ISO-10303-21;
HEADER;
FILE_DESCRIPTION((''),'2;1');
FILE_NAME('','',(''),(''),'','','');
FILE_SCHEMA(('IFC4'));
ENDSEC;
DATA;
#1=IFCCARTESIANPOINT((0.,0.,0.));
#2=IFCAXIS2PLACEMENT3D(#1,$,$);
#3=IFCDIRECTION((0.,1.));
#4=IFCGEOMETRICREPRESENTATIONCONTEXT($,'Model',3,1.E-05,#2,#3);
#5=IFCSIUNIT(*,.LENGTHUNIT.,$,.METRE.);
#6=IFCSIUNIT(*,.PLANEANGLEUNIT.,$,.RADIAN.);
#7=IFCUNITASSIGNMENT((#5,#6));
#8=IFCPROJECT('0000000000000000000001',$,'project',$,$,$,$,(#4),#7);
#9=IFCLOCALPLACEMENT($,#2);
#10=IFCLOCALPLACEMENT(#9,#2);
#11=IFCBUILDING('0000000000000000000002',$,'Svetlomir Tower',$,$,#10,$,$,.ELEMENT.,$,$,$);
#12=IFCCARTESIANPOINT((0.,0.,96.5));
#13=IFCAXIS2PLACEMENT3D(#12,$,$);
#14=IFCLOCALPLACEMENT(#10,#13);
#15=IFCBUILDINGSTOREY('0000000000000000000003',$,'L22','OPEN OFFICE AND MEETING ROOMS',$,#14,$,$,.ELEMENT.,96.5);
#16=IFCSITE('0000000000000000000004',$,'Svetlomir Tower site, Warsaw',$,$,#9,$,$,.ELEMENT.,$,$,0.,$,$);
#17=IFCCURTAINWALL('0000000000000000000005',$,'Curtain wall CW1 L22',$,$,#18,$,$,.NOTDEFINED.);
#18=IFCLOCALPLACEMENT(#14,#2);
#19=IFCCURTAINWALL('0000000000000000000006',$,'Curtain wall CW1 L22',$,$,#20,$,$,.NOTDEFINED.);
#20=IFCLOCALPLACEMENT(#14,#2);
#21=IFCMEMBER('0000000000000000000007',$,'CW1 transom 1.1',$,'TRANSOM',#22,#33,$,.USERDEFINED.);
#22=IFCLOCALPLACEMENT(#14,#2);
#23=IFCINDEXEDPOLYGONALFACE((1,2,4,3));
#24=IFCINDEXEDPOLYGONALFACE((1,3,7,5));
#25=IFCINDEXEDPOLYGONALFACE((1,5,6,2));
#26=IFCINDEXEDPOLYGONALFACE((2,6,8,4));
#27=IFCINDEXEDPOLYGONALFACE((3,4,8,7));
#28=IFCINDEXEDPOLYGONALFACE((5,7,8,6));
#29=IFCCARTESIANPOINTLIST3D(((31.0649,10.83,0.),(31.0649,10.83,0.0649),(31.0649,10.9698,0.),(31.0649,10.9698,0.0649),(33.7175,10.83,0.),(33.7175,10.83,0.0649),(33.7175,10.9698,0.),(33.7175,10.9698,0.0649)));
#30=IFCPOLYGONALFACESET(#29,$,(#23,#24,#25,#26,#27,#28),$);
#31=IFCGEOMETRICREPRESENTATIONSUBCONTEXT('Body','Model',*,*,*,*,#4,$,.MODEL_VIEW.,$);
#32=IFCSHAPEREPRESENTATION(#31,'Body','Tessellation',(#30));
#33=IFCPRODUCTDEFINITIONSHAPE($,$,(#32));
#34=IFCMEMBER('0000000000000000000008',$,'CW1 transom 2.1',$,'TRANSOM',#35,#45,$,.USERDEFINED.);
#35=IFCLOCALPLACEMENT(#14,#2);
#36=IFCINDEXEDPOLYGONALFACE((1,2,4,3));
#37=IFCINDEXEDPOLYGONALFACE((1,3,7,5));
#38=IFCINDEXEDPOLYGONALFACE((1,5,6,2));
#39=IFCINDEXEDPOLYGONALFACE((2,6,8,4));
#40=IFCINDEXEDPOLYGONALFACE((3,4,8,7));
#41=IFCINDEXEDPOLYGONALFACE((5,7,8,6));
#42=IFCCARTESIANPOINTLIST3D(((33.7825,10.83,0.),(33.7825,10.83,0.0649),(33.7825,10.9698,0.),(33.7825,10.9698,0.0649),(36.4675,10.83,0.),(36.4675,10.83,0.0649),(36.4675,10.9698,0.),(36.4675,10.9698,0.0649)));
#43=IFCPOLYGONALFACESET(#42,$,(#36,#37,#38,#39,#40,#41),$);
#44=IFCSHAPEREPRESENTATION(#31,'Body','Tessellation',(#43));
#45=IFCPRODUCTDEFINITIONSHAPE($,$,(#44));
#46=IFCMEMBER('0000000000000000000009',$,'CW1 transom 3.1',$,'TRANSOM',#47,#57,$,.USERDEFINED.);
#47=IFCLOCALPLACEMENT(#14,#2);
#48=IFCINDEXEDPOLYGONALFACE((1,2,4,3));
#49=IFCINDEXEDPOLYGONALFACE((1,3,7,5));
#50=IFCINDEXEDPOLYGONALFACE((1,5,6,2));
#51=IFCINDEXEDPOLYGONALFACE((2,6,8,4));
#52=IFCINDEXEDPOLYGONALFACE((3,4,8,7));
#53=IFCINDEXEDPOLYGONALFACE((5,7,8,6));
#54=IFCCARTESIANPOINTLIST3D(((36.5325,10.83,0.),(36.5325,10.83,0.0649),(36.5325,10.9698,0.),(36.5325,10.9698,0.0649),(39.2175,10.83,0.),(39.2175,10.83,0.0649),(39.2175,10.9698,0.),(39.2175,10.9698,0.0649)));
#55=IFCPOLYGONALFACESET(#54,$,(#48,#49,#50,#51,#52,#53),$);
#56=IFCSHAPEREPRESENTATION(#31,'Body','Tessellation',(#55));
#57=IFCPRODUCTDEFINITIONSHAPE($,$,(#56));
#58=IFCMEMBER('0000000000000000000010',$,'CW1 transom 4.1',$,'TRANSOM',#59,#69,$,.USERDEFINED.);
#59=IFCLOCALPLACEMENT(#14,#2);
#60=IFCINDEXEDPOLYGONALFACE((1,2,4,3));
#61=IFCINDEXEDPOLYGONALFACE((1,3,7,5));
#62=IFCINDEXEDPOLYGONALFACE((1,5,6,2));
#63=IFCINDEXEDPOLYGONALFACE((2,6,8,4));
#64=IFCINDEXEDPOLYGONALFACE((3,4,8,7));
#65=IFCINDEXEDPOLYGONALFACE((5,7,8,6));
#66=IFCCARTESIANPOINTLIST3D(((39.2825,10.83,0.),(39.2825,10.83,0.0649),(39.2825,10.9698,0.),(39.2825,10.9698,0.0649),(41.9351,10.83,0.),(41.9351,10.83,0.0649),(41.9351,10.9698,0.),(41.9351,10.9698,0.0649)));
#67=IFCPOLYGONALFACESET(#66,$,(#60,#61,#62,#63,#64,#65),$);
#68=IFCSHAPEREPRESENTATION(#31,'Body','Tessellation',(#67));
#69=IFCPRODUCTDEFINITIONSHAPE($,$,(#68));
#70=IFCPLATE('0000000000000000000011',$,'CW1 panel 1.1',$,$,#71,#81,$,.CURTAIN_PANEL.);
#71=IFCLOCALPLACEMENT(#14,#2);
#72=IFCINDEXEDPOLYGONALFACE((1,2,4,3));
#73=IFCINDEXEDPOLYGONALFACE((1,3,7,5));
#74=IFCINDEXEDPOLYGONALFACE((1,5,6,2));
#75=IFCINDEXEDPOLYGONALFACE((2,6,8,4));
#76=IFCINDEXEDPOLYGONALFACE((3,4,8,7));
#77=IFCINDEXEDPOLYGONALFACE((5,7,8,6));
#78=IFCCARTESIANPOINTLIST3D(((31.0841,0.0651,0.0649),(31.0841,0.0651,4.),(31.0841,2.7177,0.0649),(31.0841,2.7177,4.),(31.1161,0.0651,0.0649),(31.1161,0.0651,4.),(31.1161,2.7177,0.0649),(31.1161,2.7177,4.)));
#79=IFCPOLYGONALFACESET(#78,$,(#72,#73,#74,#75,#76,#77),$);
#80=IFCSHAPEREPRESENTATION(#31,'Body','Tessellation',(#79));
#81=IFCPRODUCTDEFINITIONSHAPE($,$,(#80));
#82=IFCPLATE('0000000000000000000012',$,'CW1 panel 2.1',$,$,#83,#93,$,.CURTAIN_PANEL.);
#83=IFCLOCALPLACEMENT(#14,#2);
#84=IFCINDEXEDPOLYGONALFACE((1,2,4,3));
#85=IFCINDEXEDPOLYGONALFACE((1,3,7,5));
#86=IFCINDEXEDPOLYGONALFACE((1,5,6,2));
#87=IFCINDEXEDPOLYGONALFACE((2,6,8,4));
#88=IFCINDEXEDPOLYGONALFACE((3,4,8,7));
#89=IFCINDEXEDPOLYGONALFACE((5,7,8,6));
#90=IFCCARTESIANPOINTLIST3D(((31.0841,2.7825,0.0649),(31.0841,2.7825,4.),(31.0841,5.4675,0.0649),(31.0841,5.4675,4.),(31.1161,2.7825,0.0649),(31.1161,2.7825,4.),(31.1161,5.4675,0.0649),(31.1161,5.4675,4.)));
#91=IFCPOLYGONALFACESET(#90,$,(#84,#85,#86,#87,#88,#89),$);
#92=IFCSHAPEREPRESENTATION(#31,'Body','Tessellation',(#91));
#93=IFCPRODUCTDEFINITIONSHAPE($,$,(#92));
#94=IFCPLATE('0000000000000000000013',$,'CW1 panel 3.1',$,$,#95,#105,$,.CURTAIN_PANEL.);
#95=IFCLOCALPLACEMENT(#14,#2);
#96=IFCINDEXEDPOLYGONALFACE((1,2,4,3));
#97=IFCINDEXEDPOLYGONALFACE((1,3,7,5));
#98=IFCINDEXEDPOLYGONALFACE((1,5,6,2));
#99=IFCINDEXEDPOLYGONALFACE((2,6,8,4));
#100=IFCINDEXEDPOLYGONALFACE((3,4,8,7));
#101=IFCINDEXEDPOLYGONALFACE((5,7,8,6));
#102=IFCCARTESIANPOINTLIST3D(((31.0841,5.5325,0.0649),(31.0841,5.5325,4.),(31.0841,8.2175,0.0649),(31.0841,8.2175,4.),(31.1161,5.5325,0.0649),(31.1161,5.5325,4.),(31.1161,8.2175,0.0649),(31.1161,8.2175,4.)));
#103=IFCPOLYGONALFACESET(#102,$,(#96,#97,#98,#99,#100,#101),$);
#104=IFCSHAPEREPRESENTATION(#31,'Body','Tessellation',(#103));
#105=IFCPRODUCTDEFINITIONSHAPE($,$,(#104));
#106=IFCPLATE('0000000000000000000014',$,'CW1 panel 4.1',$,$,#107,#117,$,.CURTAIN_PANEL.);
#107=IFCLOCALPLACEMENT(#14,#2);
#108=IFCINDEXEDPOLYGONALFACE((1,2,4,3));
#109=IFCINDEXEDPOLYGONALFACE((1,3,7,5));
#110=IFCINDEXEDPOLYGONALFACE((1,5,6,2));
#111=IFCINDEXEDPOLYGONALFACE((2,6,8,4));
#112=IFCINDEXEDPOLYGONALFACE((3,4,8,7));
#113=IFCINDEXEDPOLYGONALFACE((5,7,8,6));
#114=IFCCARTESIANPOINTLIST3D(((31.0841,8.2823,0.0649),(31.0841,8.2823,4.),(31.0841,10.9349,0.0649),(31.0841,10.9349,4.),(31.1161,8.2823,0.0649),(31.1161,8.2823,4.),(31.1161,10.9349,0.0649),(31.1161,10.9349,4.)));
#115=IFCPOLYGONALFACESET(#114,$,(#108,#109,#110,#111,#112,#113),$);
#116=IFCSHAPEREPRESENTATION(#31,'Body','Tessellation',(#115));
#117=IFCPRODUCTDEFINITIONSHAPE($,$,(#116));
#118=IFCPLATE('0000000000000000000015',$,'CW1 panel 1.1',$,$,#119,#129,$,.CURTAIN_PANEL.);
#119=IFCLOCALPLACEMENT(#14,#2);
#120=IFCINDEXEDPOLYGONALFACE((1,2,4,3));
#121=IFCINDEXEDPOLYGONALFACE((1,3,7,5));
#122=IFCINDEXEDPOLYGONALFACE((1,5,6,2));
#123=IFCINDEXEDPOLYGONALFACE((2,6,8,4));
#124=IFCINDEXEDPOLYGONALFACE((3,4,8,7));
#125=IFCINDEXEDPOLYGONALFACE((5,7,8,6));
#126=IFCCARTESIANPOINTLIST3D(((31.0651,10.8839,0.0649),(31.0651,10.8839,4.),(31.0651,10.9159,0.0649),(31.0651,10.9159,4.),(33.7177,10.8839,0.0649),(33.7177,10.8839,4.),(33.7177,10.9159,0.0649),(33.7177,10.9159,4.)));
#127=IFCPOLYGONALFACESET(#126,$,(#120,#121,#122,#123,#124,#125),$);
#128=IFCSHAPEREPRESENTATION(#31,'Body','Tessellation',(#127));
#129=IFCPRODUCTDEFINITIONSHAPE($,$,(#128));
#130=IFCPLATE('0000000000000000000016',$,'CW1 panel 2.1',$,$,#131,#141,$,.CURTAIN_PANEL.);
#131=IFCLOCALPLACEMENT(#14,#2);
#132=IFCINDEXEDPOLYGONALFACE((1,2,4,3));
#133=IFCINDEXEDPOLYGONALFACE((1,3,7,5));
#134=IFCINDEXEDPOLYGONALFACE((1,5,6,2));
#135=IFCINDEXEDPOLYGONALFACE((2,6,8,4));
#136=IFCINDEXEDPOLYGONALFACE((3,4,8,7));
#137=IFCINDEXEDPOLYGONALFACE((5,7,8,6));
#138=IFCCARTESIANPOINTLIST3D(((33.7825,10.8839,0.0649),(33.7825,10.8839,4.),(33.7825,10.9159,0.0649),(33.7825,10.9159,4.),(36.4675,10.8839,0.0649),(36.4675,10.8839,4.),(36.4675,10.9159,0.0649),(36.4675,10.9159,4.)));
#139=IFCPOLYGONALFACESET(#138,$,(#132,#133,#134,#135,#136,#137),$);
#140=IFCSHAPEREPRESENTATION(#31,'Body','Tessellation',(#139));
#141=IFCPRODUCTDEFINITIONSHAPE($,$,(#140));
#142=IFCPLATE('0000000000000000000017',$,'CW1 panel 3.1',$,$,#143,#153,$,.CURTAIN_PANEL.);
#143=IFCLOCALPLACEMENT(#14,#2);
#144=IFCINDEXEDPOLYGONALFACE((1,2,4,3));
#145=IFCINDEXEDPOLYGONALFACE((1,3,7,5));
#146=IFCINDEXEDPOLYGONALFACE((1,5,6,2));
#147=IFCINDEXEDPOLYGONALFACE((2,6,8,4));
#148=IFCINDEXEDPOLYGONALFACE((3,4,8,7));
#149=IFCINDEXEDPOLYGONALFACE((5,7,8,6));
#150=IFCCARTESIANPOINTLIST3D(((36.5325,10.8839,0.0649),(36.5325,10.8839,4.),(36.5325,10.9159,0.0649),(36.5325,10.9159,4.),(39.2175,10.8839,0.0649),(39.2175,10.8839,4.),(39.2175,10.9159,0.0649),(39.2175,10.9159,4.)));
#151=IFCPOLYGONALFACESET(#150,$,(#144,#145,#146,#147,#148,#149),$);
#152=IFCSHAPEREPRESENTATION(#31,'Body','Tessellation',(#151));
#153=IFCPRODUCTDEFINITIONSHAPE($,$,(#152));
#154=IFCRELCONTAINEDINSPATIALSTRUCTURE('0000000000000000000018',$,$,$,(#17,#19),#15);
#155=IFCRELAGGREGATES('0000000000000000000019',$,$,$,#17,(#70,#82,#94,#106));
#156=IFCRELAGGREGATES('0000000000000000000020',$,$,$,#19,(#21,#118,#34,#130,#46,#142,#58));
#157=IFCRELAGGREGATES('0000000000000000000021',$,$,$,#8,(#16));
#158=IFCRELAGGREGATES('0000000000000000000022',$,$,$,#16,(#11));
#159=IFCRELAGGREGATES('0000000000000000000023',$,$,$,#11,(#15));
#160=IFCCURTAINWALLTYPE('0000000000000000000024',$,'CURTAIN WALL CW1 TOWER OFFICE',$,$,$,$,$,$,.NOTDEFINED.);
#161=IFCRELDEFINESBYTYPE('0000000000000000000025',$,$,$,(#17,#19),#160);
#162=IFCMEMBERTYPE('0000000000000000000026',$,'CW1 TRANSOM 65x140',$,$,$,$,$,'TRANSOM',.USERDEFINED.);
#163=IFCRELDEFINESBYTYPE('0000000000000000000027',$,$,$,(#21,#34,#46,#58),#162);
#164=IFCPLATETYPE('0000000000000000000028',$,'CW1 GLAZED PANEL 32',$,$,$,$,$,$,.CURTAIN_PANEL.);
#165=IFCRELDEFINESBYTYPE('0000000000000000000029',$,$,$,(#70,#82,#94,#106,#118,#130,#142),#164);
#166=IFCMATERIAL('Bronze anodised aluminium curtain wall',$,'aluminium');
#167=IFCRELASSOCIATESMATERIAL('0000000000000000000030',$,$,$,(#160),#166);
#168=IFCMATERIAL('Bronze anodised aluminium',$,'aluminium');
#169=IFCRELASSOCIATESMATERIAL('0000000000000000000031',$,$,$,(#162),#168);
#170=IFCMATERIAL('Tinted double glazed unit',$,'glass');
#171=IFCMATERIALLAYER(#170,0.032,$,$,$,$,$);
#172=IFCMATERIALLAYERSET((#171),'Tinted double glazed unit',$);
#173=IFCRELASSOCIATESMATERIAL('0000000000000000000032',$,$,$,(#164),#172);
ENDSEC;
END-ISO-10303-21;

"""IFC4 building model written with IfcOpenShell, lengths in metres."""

from ifc_helpers import new_model, si_unit, direction, frame, origin, origin_2d, place, context, subcontext, project, spatial, rectangle, extrude, material, layer, layer_set, material_profile, profile_set, type_object, element, aggregate, save


model = new_model("IFC4")

# Units and contexts
model_context = context("Model", 3, precision=1e-05, world=origin(), true_north=direction((0.0, 1.0)))
body_context = subcontext(model_context, "Body", "Model", "MODEL_VIEW")
ifc_project = project(units=[si_unit("LENGTHUNIT", "METRE"), si_unit("PLANEANGLEUNIT", "RADIAN")], contexts=[model_context])

# Site, building, storey
site_placement = place(None, origin())
site = spatial("IfcSite", under=ifc_project, at=site_placement, Name="Svetlomir Tower site, Warsaw", CompositionType="ELEMENT", RefElevation=0.0)
building_placement = place(site_placement, origin())
building = spatial("IfcBuilding", under=site, at=building_placement, Name="Svetlomir Tower", CompositionType="ELEMENT")
storey_placement = place(building_placement, frame((0.0, 0.0, 96.5)))
storey = spatial("IfcBuildingStorey", under=building, at=storey_placement, Name="L22", Description="OPEN OFFICE AND MEETING ROOMS", CompositionType="ELEMENT", Elevation=96.5)

# Curtain walls
ifc_material_1 = material(Name="Bronze anodised aluminium curtain wall", Category="aluminium")
curtain_wall_type = type_object("IfcCurtainWallType", Name="CURTAIN WALL CW1 TOWER OFFICE", PredefinedType="NOTDEFINED", material=ifc_material_1)
curtain_wall_1_placement = place(storey_placement, origin())
curtain_wall_1 = element("IfcCurtainWall", 1, at=curtain_wall_1_placement, inside=storey, type_object=curtain_wall_type, Name="Curtain wall CW1 L22", PredefinedType="NOTDEFINED")
curtain_wall_2_placement = place(storey_placement, origin())
curtain_wall_2 = element("IfcCurtainWall", 2, at=curtain_wall_2_placement, inside=storey, type_object=curtain_wall_type, Name="Curtain wall CW1 L22", PredefinedType="NOTDEFINED")

# Members
ifc_material_2 = material(Name="Bronze anodised aluminium", Category="aluminium")
ifc_material_profile_1 = material_profile(ifc_material_2, rectangle(XDim=0.1399, YDim=0.0649, at=origin_2d()), Name="AL 140x65")
ifc_profile_set_1 = profile_set([ifc_material_profile_1], Name="Bronze anodised aluminium 6063-T6")
member_type_1 = type_object("IfcMemberType", Name="CW1 TRANSOM 65x140", ElementType="TRANSOM", PredefinedType="USERDEFINED", material=ifc_profile_set_1)
member_1_placement = place(storey_placement, frame((31.0649, 10.8999, 0.0325), z_axis=(1.0, 0.0, 0.0), x_axis=(0.0, 1.0, 0.0)))
member_1 = element("IfcMember", 3, at=member_1_placement, type_object=member_type_1, Name="CW1 transom 1.1", ObjectType="TRANSOM", PredefinedType="USERDEFINED", context=body_context, shape_type="SweptSolid", body=[
    extrude(rectangle(XDim=0.1399, YDim=0.0649, at=origin_2d()), origin(), (0.0, 0.0, 1.0), 2.6526),
])
member_2_placement = place(storey_placement, frame((33.7825, 10.8999, 0.0325), z_axis=(1.0, 0.0, 0.0), x_axis=(0.0, 1.0, 0.0)))
member_2 = element("IfcMember", 4, at=member_2_placement, type_object=member_type_1, Name="CW1 transom 2.1", ObjectType="TRANSOM", PredefinedType="USERDEFINED", context=body_context, shape_type="SweptSolid", body=[
    extrude(rectangle(XDim=0.1399, YDim=0.0649, at=origin_2d()), origin(), (0.0, 0.0, 1.0), 2.6851),
])
member_3_placement = place(storey_placement, frame((36.5325, 10.8999, 0.0325), z_axis=(1.0, 0.0, 0.0), x_axis=(0.0, 1.0, 0.0)))
member_3 = element("IfcMember", 5, at=member_3_placement, type_object=member_type_1, Name="CW1 transom 3.1", ObjectType="TRANSOM", PredefinedType="USERDEFINED", context=body_context, shape_type="SweptSolid", body=[
    extrude(rectangle(XDim=0.1399, YDim=0.0649, at=origin_2d()), origin(), (0.0, 0.0, 1.0), 2.6851),
])
member_4_placement = place(storey_placement, frame((39.2825, 10.8999, 0.0325), z_axis=(1.0, 0.0, 0.0), x_axis=(0.0, 1.0, 0.0)))
member_4 = element("IfcMember", 6, at=member_4_placement, type_object=member_type_1, Name="CW1 transom 4.1", ObjectType="TRANSOM", PredefinedType="USERDEFINED", context=body_context, shape_type="SweptSolid", body=[
    extrude(rectangle(XDim=0.1399, YDim=0.0649, at=origin_2d()), origin(), (0.0, 0.0, 1.0), 2.6526),
])

# Plates
ifc_material_3 = material(Name="Tinted double glazed unit", Category="glass")
ifc_layer = layer(ifc_material_3, 0.032)
ifc_layer_set = layer_set([ifc_layer], Name="Tinted double glazed unit")
plate_type = type_object("IfcPlateType", Name="CW1 GLAZED PANEL 32", PredefinedType="CURTAIN_PANEL", material=ifc_layer_set)
plate_1_placement = place(storey_placement, frame((31.1001, 1.3914, 0.0649), z_axis=(0.0, 0.0, 1.0), x_axis=(0.0, 1.0, 0.0)))
plate_1 = element("IfcPlate", 7, at=plate_1_placement, type_object=plate_type, Name="CW1 panel 1.1", PredefinedType="CURTAIN_PANEL", context=body_context, shape_type="SweptSolid", body=[
    extrude(rectangle(XDim=2.6526, YDim=0.032, at=origin_2d()), origin(), (0.0, 0.0, 1.0), 3.9351),
])
plate_2_placement = place(storey_placement, frame((31.1001, 4.125, 0.0649), z_axis=(0.0, 0.0, 1.0), x_axis=(0.0, 1.0, 0.0)))
plate_2 = element("IfcPlate", 8, at=plate_2_placement, type_object=plate_type, Name="CW1 panel 2.1", PredefinedType="CURTAIN_PANEL", context=body_context, shape_type="SweptSolid", body=[
    extrude(rectangle(XDim=2.6851, YDim=0.032, at=origin_2d()), origin(), (0.0, 0.0, 1.0), 3.9351),
])
plate_3_placement = place(storey_placement, frame((31.1001, 6.875, 0.0649), z_axis=(0.0, 0.0, 1.0), x_axis=(0.0, 1.0, 0.0)))
plate_3 = element("IfcPlate", 9, at=plate_3_placement, type_object=plate_type, Name="CW1 panel 3.1", PredefinedType="CURTAIN_PANEL", context=body_context, shape_type="SweptSolid", body=[
    extrude(rectangle(XDim=2.6851, YDim=0.032, at=origin_2d()), origin(), (0.0, 0.0, 1.0), 3.9351),
])
plate_4_placement = place(storey_placement, frame((31.1001, 9.6086, 0.0649), z_axis=(0.0, 0.0, 1.0), x_axis=(0.0, 1.0, 0.0)))
plate_4 = element("IfcPlate", 10, at=plate_4_placement, type_object=plate_type, Name="CW1 panel 4.1", PredefinedType="CURTAIN_PANEL", context=body_context, shape_type="SweptSolid", body=[
    extrude(rectangle(XDim=2.6526, YDim=0.032, at=origin_2d()), origin(), (0.0, 0.0, 1.0), 3.9351),
])
aggregate(curtain_wall_1, [plate_1, plate_2, plate_3, plate_4])
plate_5_placement = place(storey_placement, frame((32.3914, 10.8999, 0.0649), z_axis=(0.0, 0.0, 1.0), x_axis=(1.0, 0.0, 0.0)))
plate_5 = element("IfcPlate", 11, at=plate_5_placement, type_object=plate_type, Name="CW1 panel 1.1", PredefinedType="CURTAIN_PANEL", context=body_context, shape_type="SweptSolid", body=[
    extrude(rectangle(XDim=2.6526, YDim=0.032, at=origin_2d()), origin(), (0.0, 0.0, 1.0), 3.9351),
])
plate_6_placement = place(storey_placement, frame((35.125, 10.8999, 0.0649), z_axis=(0.0, 0.0, 1.0), x_axis=(1.0, 0.0, 0.0)))
plate_6 = element("IfcPlate", 12, at=plate_6_placement, type_object=plate_type, Name="CW1 panel 2.1", PredefinedType="CURTAIN_PANEL", context=body_context, shape_type="SweptSolid", body=[
    extrude(rectangle(XDim=2.6851, YDim=0.032, at=origin_2d()), origin(), (0.0, 0.0, 1.0), 3.9351),
])
plate_7_placement = place(storey_placement, frame((37.875, 10.8999, 0.0649), z_axis=(0.0, 0.0, 1.0), x_axis=(1.0, 0.0, 0.0)))
plate_7 = element("IfcPlate", 13, at=plate_7_placement, type_object=plate_type, Name="CW1 panel 3.1", PredefinedType="CURTAIN_PANEL", context=body_context, shape_type="SweptSolid", body=[
    extrude(rectangle(XDim=2.6851, YDim=0.032, at=origin_2d()), origin(), (0.0, 0.0, 1.0), 3.9351),
])
aggregate(curtain_wall_2, [member_1, plate_5, member_2, plate_6, member_3, plate_7, member_4])

save(model, "model.ifc")
